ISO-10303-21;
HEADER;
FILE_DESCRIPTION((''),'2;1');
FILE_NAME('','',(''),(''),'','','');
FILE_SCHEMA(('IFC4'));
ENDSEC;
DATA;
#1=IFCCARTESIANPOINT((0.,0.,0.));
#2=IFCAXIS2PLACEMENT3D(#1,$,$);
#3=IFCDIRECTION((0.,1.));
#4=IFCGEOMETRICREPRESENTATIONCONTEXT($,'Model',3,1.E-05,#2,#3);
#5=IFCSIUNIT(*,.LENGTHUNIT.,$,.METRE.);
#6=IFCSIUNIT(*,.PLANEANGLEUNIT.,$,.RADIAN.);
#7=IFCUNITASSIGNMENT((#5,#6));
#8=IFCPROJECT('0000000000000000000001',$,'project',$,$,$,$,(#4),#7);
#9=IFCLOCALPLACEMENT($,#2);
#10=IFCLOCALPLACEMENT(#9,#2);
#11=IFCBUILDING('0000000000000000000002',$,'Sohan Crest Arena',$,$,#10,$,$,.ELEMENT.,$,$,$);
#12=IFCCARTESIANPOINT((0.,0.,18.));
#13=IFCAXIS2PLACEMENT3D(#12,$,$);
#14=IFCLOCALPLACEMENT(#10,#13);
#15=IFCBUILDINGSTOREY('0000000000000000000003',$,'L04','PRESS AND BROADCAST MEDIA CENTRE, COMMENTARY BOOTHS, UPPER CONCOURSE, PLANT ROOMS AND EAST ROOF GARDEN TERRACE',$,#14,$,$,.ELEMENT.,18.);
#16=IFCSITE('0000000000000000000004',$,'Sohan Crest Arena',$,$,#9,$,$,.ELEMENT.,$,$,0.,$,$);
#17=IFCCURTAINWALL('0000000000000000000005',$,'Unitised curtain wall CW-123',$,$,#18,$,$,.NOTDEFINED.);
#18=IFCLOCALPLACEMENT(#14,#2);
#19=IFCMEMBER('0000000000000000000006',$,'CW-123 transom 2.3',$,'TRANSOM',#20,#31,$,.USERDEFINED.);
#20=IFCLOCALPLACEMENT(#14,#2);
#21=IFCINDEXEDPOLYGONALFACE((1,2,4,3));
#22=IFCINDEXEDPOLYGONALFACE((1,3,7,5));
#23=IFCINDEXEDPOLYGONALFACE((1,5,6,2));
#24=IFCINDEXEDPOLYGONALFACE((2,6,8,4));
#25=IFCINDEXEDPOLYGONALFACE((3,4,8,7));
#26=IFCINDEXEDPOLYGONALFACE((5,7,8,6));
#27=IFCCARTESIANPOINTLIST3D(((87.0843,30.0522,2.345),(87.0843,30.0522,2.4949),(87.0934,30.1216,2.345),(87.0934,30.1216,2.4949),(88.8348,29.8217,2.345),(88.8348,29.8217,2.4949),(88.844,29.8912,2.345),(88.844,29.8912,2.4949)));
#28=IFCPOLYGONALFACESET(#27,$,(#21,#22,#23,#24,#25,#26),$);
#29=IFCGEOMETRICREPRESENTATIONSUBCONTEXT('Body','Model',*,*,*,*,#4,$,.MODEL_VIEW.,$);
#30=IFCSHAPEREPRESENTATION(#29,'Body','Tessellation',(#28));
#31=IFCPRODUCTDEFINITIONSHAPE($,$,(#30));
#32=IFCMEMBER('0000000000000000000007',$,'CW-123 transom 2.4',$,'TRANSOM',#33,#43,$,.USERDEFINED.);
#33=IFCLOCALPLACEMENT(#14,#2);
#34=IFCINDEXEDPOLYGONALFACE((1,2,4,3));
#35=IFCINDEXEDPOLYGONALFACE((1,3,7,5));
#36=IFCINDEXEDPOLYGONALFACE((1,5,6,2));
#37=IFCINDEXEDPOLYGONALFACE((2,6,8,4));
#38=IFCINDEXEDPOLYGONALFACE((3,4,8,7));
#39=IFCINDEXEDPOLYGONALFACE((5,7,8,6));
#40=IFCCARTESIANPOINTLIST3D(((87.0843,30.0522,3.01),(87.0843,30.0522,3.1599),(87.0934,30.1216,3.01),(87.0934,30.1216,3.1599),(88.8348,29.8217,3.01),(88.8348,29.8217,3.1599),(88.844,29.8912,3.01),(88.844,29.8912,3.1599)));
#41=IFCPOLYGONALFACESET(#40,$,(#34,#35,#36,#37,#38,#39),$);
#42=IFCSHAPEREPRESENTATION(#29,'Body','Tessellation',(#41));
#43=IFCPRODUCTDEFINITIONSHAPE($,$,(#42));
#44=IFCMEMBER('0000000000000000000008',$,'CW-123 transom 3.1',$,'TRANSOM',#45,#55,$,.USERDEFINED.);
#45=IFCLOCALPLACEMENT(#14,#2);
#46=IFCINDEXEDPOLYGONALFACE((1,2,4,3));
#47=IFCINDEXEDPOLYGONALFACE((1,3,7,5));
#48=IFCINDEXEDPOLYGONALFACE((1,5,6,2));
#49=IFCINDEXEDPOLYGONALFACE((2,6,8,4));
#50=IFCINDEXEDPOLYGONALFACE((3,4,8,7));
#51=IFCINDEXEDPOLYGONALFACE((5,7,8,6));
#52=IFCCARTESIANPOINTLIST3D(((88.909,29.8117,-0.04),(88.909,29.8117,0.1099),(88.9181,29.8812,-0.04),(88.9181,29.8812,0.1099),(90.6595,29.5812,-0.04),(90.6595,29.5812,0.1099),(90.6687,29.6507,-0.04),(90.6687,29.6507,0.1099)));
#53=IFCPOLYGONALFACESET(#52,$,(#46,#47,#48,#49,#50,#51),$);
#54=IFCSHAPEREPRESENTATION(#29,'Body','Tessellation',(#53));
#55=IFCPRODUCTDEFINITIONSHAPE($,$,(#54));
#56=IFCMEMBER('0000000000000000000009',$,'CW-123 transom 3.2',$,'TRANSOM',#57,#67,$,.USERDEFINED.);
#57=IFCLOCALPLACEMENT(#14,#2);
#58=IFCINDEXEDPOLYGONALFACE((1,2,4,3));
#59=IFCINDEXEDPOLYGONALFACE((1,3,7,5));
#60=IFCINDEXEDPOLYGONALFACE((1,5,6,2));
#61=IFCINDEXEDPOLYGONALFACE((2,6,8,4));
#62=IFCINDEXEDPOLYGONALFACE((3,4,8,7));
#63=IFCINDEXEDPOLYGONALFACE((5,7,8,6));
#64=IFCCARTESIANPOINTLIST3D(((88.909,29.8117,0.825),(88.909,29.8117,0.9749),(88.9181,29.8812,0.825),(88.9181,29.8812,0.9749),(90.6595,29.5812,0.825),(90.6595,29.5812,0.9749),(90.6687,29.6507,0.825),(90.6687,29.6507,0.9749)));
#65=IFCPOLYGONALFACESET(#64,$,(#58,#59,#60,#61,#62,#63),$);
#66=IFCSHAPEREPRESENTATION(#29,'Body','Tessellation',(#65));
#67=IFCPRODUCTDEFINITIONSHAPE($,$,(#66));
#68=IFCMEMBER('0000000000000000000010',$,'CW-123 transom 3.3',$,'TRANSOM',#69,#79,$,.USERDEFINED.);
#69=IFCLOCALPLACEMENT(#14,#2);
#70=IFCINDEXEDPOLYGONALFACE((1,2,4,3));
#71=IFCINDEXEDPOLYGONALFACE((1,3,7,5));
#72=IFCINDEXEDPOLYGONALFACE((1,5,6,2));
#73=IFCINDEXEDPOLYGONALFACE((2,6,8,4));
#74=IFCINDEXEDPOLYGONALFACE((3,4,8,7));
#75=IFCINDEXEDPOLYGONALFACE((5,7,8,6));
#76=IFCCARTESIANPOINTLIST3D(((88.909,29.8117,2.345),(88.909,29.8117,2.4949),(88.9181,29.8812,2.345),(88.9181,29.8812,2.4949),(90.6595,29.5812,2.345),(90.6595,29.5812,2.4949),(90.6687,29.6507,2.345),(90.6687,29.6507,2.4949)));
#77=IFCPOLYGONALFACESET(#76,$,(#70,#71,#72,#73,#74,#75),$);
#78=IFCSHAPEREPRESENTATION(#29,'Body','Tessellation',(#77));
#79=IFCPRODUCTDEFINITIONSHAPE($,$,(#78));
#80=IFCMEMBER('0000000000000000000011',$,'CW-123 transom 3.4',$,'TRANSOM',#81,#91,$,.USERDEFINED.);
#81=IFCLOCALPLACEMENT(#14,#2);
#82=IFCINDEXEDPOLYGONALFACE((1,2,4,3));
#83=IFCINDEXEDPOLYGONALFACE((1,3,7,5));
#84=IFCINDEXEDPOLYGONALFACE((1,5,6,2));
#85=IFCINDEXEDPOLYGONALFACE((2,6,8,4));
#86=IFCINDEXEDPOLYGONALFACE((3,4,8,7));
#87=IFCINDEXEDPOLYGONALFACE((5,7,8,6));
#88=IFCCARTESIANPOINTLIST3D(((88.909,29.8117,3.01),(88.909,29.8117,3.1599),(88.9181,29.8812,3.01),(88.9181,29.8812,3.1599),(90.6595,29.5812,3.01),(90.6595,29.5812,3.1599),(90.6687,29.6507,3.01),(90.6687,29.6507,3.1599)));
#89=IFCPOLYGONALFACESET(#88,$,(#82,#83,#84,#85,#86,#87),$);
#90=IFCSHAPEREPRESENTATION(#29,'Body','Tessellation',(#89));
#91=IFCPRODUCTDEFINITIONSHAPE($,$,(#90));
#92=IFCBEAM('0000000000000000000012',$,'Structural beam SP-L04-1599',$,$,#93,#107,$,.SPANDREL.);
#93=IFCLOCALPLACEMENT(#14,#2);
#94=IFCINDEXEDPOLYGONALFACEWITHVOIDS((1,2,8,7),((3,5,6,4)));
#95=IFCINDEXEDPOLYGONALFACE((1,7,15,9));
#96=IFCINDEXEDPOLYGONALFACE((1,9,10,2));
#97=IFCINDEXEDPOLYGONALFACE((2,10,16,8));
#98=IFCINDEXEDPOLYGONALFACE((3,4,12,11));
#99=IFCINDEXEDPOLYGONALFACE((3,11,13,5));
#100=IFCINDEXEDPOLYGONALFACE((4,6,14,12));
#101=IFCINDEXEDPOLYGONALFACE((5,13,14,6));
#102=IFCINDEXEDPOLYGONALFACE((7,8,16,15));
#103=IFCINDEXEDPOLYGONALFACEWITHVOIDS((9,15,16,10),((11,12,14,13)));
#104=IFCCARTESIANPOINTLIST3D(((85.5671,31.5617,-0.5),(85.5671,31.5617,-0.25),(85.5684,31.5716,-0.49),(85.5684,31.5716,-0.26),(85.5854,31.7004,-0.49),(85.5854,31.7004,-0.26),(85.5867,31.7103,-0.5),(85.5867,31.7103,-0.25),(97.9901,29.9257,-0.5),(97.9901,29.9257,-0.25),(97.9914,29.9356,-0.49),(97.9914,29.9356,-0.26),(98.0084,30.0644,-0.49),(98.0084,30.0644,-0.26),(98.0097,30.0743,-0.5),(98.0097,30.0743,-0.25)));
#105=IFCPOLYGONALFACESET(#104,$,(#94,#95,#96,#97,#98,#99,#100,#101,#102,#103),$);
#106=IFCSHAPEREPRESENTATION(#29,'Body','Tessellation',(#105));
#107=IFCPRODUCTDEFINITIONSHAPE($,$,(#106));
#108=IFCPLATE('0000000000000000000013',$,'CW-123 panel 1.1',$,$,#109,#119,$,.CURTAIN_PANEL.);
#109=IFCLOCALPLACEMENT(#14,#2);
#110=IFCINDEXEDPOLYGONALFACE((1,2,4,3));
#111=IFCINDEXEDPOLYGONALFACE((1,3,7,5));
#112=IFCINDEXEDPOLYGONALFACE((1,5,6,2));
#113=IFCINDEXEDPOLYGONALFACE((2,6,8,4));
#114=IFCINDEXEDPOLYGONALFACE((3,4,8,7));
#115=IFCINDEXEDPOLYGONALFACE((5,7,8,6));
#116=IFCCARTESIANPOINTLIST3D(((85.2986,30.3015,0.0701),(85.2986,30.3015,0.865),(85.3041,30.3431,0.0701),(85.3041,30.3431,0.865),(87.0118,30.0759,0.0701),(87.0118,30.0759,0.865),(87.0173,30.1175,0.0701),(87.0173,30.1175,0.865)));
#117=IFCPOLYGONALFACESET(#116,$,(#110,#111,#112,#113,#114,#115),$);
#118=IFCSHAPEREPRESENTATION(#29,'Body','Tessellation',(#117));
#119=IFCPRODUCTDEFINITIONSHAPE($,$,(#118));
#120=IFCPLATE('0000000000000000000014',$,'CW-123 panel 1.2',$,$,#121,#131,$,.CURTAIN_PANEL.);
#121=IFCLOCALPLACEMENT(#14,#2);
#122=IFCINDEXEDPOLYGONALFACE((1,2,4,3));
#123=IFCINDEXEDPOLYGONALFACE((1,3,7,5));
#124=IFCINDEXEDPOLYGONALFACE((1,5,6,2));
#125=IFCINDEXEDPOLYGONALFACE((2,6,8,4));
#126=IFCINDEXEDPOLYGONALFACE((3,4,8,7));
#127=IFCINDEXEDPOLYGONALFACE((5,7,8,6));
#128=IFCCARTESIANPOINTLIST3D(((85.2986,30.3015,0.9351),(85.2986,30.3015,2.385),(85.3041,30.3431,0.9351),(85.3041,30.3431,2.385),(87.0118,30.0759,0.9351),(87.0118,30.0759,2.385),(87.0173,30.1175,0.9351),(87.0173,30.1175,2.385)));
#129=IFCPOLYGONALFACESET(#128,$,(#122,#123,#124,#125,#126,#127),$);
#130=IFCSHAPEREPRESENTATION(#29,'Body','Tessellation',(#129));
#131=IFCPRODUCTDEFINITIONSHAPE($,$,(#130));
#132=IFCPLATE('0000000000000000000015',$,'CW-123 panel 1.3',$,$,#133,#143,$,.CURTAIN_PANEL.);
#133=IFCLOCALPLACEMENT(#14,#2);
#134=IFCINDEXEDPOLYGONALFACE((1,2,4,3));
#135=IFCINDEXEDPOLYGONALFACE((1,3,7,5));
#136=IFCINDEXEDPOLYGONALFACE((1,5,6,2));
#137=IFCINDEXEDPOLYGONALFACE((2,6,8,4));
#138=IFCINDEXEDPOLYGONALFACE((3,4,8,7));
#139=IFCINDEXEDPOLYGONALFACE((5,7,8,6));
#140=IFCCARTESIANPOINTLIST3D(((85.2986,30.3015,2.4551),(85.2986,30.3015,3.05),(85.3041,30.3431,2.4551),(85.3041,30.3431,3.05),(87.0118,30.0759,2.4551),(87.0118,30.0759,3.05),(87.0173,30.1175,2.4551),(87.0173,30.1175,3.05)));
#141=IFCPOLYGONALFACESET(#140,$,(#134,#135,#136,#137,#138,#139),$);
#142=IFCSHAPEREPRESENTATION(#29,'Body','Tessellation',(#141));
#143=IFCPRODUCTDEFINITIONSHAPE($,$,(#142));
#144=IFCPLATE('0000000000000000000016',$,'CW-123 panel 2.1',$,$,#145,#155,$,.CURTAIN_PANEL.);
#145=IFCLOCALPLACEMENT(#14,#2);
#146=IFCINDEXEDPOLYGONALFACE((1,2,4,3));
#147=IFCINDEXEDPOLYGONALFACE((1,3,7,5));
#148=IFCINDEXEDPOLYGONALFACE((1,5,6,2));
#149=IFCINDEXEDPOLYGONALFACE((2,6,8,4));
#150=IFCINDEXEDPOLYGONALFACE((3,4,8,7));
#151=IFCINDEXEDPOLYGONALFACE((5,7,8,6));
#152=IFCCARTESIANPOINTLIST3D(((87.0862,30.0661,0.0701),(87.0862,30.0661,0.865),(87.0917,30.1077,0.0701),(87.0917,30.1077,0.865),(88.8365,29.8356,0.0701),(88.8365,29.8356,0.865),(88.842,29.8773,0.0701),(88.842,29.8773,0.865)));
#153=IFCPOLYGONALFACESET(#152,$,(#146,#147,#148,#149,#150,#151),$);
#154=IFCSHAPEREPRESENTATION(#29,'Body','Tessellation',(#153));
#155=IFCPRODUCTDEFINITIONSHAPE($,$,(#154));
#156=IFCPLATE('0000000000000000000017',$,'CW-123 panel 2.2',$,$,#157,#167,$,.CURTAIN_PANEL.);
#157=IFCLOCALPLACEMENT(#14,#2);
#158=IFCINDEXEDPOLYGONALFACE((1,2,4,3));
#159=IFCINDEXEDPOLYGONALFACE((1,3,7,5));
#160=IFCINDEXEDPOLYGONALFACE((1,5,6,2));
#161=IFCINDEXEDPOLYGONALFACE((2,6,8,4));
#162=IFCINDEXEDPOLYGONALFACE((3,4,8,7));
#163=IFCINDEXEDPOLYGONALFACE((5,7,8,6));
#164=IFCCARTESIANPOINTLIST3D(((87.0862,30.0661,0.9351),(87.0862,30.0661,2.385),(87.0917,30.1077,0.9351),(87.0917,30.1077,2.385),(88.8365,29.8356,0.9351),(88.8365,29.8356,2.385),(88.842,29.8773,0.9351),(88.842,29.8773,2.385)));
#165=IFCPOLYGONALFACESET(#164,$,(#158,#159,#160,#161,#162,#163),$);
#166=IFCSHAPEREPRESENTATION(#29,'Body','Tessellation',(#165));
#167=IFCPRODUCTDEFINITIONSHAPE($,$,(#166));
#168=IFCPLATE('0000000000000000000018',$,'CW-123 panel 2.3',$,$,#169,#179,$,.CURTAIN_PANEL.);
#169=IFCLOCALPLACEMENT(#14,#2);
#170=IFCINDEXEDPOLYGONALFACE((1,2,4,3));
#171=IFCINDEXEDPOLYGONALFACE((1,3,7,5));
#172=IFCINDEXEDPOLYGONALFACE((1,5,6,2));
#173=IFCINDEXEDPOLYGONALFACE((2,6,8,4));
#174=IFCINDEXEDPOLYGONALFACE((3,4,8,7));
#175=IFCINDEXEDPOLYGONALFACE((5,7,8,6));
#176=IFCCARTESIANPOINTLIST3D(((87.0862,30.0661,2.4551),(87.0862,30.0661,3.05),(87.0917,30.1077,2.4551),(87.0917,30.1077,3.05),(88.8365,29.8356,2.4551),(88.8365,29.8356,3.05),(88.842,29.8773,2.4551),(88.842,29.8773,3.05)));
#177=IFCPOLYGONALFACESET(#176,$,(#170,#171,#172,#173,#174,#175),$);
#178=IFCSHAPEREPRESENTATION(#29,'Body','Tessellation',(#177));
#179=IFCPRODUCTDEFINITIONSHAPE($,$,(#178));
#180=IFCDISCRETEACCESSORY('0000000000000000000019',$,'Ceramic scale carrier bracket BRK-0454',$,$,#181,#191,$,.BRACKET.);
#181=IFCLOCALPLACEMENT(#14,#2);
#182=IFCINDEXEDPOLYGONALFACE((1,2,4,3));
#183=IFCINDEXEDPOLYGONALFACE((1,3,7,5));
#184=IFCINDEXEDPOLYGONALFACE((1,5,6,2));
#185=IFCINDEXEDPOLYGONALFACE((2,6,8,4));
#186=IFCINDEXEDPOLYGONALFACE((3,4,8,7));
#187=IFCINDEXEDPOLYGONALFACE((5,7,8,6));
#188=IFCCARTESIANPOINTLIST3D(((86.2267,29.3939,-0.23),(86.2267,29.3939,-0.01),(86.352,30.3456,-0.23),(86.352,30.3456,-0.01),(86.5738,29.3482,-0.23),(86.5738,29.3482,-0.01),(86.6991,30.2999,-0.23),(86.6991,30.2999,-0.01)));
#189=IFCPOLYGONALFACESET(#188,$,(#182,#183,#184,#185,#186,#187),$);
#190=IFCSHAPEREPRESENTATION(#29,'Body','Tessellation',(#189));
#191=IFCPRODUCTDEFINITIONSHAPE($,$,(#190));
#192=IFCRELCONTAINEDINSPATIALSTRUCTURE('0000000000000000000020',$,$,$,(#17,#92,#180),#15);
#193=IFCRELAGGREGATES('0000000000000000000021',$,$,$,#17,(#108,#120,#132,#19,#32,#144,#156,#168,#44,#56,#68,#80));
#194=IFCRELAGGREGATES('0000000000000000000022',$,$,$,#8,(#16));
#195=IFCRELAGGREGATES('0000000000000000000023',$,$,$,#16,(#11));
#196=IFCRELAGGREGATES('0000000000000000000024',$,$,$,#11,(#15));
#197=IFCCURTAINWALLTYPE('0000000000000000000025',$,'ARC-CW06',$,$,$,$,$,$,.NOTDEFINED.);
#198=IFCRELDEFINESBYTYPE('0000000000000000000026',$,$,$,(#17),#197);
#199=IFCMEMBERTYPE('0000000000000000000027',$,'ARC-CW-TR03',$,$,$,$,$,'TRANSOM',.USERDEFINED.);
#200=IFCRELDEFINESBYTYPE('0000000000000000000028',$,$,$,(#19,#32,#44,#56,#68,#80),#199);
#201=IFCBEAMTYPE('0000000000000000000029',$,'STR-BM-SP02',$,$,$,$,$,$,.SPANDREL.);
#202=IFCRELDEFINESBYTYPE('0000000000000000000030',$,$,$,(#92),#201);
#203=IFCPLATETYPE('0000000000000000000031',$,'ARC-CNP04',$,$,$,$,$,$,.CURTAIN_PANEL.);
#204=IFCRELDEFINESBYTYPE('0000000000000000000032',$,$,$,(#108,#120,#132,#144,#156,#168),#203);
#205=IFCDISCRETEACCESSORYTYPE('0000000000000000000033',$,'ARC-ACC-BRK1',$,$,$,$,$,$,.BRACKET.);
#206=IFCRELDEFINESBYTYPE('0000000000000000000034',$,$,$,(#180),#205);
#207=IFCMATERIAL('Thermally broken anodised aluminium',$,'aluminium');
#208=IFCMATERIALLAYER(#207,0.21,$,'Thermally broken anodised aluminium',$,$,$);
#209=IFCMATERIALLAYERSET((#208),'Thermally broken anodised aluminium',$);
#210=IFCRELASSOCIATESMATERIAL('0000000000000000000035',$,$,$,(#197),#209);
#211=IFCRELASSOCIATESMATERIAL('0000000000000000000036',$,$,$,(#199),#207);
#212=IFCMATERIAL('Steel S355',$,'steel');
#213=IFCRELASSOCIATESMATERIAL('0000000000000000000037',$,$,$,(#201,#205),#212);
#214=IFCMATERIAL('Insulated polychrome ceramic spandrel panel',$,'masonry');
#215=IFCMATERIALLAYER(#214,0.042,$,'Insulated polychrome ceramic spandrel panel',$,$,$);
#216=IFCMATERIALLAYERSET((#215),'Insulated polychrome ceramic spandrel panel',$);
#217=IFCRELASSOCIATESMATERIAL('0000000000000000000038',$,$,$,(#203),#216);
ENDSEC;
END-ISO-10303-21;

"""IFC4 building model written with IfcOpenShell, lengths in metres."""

from ifc_helpers import new_model, si_unit, direction, frame, origin, origin_2d, place, context, subcontext, project, spatial, rectangle, hollow_rectangle, extrude, material, layer, layer_set, material_profile, profile_set, type_object, element, aggregate, save


model = new_model("IFC4")

# Units and contexts
model_context = context("Model", 3, precision=1e-05, world=origin(), true_north=direction((0.0, 1.0)))
body_context = subcontext(model_context, "Body", "Model", "MODEL_VIEW")
ifc_project = project(units=[si_unit("LENGTHUNIT", "METRE"), si_unit("PLANEANGLEUNIT", "RADIAN")], contexts=[model_context])

# Site, building, storey
site_placement = place(None, origin())
site = spatial("IfcSite", under=ifc_project, at=site_placement, Name="Sohan Crest Arena", CompositionType="ELEMENT", RefElevation=0.0)
building_placement = place(site_placement, origin())
building = spatial("IfcBuilding", under=site, at=building_placement, Name="Sohan Crest Arena", CompositionType="ELEMENT")
storey_placement = place(building_placement, frame((0.0, 0.0, 18.0)))
storey = spatial("IfcBuildingStorey", under=building, at=storey_placement, Name="L04", Description="PRESS AND BROADCAST MEDIA CENTRE, COMMENTARY BOOTHS, UPPER CONCOURSE, PLANT ROOMS AND EAST ROOF GARDEN TERRACE", CompositionType="ELEMENT", Elevation=18.0)

# Shared definitions
ifc_material_1 = material(Name="Steel S355", Category="steel")

# Shared definitions
ifc_material_2 = material(Name="Thermally broken anodised aluminium", Category="aluminium")

# Curtain wall, members
ifc_layer_1 = layer(ifc_material_2, 0.21, Name="Thermally broken anodised aluminium")
ifc_layer_set_1 = layer_set([ifc_layer_1], Name="Thermally broken anodised aluminium")
curtain_wall_type_1 = type_object("IfcCurtainWallType", Name="ARC-CW06", PredefinedType="NOTDEFINED", material=ifc_layer_set_1)
curtain_wall_1_placement = place(storey_placement, origin())
curtain_wall_1 = element("IfcCurtainWall", 1, at=curtain_wall_1_placement, inside=storey, type_object=curtain_wall_type_1, Name="Unitised curtain wall CW-123", PredefinedType="NOTDEFINED")
ifc_material_profile_1 = material_profile(ifc_material_2, rectangle(XDim=0.0701, YDim=0.1499, at=origin_2d()), Name="ALU-TRAN 70x150")
ifc_profile_set_1 = profile_set([ifc_material_profile_1], Name="Thermally broken anodised aluminium")
member_type_1 = type_object("IfcMemberType", Name="ARC-CW-TR03", ElementType="TRANSOM", PredefinedType="USERDEFINED", material=ifc_profile_set_1)
member_1_placement = place(storey_placement, frame((87.0889, 30.0869, 2.4199), z_axis=(0.991444, -0.130533, 0.0), x_axis=(0.130533, 0.991444, 0.0)))
member_1 = element("IfcMember", 2, at=member_1_placement, type_object=member_type_1, Name="CW-123 transom 2.3", ObjectType="TRANSOM", PredefinedType="USERDEFINED", context=body_context, shape_type="SweptSolid", body=[
    extrude(rectangle(XDim=0.0701, YDim=0.1499, at=origin_2d()), origin(), (0.0, 0.0, 1.0), 1.7656),
])
member_2_placement = place(storey_placement, frame((87.0889, 30.0869, 3.085), z_axis=(0.991444, -0.130533, 0.0), x_axis=(0.130533, 0.991444, 0.0)))
member_2 = element("IfcMember", 3, at=member_2_placement, type_object=member_type_1, Name="CW-123 transom 2.4", ObjectType="TRANSOM", PredefinedType="USERDEFINED", context=body_context, shape_type="SweptSolid", body=[
    extrude(rectangle(XDim=0.0701, YDim=0.1499, at=origin_2d()), origin(), (0.0, 0.0, 1.0), 1.7656),
])
member_3_placement = place(storey_placement, frame((88.9136, 29.8464, 0.0349), z_axis=(0.991444, -0.130533, 0.0), x_axis=(0.130533, 0.991444, 0.0)))
member_3 = element("IfcMember", 4, at=member_3_placement, type_object=member_type_1, Name="CW-123 transom 3.1", ObjectType="TRANSOM", PredefinedType="USERDEFINED", context=body_context, shape_type="SweptSolid", body=[
    extrude(rectangle(XDim=0.0701, YDim=0.1499, at=origin_2d()), origin(), (0.0, 0.0, 1.0), 1.7656),
])
member_4_placement = place(storey_placement, frame((88.9136, 29.8464, 0.8999), z_axis=(0.991444, -0.130533, 0.0), x_axis=(0.130533, 0.991444, 0.0)))
member_4 = element("IfcMember", 5, at=member_4_placement, type_object=member_type_1, Name="CW-123 transom 3.2", ObjectType="TRANSOM", PredefinedType="USERDEFINED", context=body_context, shape_type="SweptSolid", body=[
    extrude(rectangle(XDim=0.0701, YDim=0.1499, at=origin_2d()), origin(), (0.0, 0.0, 1.0), 1.7656),
])
member_5_placement = place(storey_placement, frame((88.9136, 29.8464, 2.4199), z_axis=(0.991444, -0.130533, 0.0), x_axis=(0.130533, 0.991444, 0.0)))
member_5 = element("IfcMember", 6, at=member_5_placement, type_object=member_type_1, Name="CW-123 transom 3.3", ObjectType="TRANSOM", PredefinedType="USERDEFINED", context=body_context, shape_type="SweptSolid", body=[
    extrude(rectangle(XDim=0.0701, YDim=0.1499, at=origin_2d()), origin(), (0.0, 0.0, 1.0), 1.7656),
])
member_6_placement = place(storey_placement, frame((88.9136, 29.8464, 3.085), z_axis=(0.991444, -0.130533, 0.0), x_axis=(0.130533, 0.991444, 0.0)))
member_6 = element("IfcMember", 7, at=member_6_placement, type_object=member_type_1, Name="CW-123 transom 3.4", ObjectType="TRANSOM", PredefinedType="USERDEFINED", context=body_context, shape_type="SweptSolid", body=[
    extrude(rectangle(XDim=0.0701, YDim=0.1499, at=origin_2d()), origin(), (0.0, 0.0, 1.0), 1.7656),
])

# Beam
ifc_material_profile_2 = material_profile(ifc_material_1, hollow_rectangle(XDim=0.1499, YDim=0.25, WallThickness=0.01, at=origin_2d()), Name="RHS 250x150x10")
ifc_profile_set_2 = profile_set([ifc_material_profile_2], Name="Steel S355")
beam_type = type_object("IfcBeamType", Name="STR-BM-SP02", PredefinedType="SPANDREL", material=ifc_profile_set_2)
beam_placement = place(storey_placement, frame((85.5769, 31.636, -0.375), z_axis=(0.99144, -0.130562, 0.0), x_axis=(0.130562, 0.99144, 0.0)))
element("IfcBeam", 8, at=beam_placement, inside=storey, type_object=beam_type, Name="Structural beam SP-L04-1599", PredefinedType="SPANDREL", context=body_context, shape_type="SweptSolid", body=[
    extrude(hollow_rectangle(XDim=0.1499, YDim=0.25, WallThickness=0.01, at=origin_2d()), origin(), (0.0, 0.0, 1.0), 12.5303),
])

# Plates
ifc_material_3 = material(Name="Insulated polychrome ceramic spandrel panel", Category="masonry")
ifc_layer_2 = layer(ifc_material_3, 0.042, Name="Insulated polychrome ceramic spandrel panel")
ifc_layer_set_2 = layer_set([ifc_layer_2], Name="Insulated polychrome ceramic spandrel panel")
plate_type = type_object("IfcPlateType", Name="ARC-CNP04", PredefinedType="CURTAIN_PANEL", material=ifc_layer_set_2)
plate_1_placement = place(storey_placement, frame((86.158, 30.2095, 0.0701), z_axis=(0.0, 0.0, 1.0), x_axis=(0.991441, -0.130557, 0.0)))
plate_1 = element("IfcPlate", 9, at=plate_1_placement, type_object=plate_type, Name="CW-123 panel 1.1", PredefinedType="CURTAIN_PANEL", context=body_context, shape_type="SweptSolid", body=[
    extrude(rectangle(XDim=1.728, YDim=0.042, at=origin_2d()), origin(), (0.0, 0.0, 1.0), 0.7949),
])
plate_2_placement = place(storey_placement, frame((86.158, 30.2095, 0.9351), z_axis=(0.0, 0.0, 1.0), x_axis=(0.991441, -0.130557, 0.0)))
plate_2 = element("IfcPlate", 10, at=plate_2_placement, type_object=plate_type, Name="CW-123 panel 1.2", PredefinedType="CURTAIN_PANEL", context=body_context, shape_type="SweptSolid", body=[
    extrude(rectangle(XDim=1.728, YDim=0.042, at=origin_2d()), origin(), (0.0, 0.0, 1.0), 1.45),
])
plate_3_placement = place(storey_placement, frame((86.158, 30.2095, 2.4551), z_axis=(0.0, 0.0, 1.0), x_axis=(0.991441, -0.130557, 0.0)))
plate_3 = element("IfcPlate", 11, at=plate_3_placement, type_object=plate_type, Name="CW-123 panel 1.3", PredefinedType="CURTAIN_PANEL", context=body_context, shape_type="SweptSolid", body=[
    extrude(rectangle(XDim=1.728, YDim=0.042, at=origin_2d()), origin(), (0.0, 0.0, 1.0), 0.595),
])
plate_4_placement = place(storey_placement, frame((87.9641, 29.9717, 0.0701), z_axis=(0.0, 0.0, 1.0), x_axis=(0.991441, -0.130557, 0.0)))
plate_4 = element("IfcPlate", 12, at=plate_4_placement, type_object=plate_type, Name="CW-123 panel 2.1", PredefinedType="CURTAIN_PANEL", context=body_context, shape_type="SweptSolid", body=[
    extrude(rectangle(XDim=1.7654, YDim=0.042, at=origin_2d()), origin(), (0.0, 0.0, 1.0), 0.7949),
])
plate_5_placement = place(storey_placement, frame((87.9641, 29.9717, 0.9351), z_axis=(0.0, 0.0, 1.0), x_axis=(0.991441, -0.130557, 0.0)))
plate_5 = element("IfcPlate", 13, at=plate_5_placement, type_object=plate_type, Name="CW-123 panel 2.2", PredefinedType="CURTAIN_PANEL", context=body_context, shape_type="SweptSolid", body=[
    extrude(rectangle(XDim=1.7654, YDim=0.042, at=origin_2d()), origin(), (0.0, 0.0, 1.0), 1.45),
])
plate_6_placement = place(storey_placement, frame((87.9641, 29.9717, 2.4551), z_axis=(0.0, 0.0, 1.0), x_axis=(0.991441, -0.130557, 0.0)))
plate_6 = element("IfcPlate", 14, at=plate_6_placement, type_object=plate_type, Name="CW-123 panel 2.3", PredefinedType="CURTAIN_PANEL", context=body_context, shape_type="SweptSolid", body=[
    extrude(rectangle(XDim=1.7654, YDim=0.042, at=origin_2d()), origin(), (0.0, 0.0, 1.0), 0.595),
])
aggregate(curtain_wall_1, [plate_1, plate_2, plate_3, member_1, member_2, plate_4, plate_5, plate_6, member_3, member_4, member_5, member_6])

# Discrete accessory
discrete_accessory_type = type_object("IfcDiscreteAccessoryType", Name="ARC-ACC-BRK1", PredefinedType="BRACKET", material=ifc_material_1)
discrete_accessory_placement = place(storey_placement, frame((86.4629, 29.8469, -0.23), z_axis=(0.0, 0.0, 1.0), x_axis=(0.991445, -0.130526, 0.0)))
element("IfcDiscreteAccessory", 15, at=discrete_accessory_placement, inside=storey, type_object=discrete_accessory_type, Name="Ceramic scale carrier bracket BRK-0454", PredefinedType="BRACKET", context=body_context, shape_type="SweptSolid", body=[
    extrude(rectangle(XDim=0.3501, YDim=0.96, at=origin_2d()), origin(), (0.0, 0.0, 1.0), 0.22),
])

save(model, "model.ifc")
